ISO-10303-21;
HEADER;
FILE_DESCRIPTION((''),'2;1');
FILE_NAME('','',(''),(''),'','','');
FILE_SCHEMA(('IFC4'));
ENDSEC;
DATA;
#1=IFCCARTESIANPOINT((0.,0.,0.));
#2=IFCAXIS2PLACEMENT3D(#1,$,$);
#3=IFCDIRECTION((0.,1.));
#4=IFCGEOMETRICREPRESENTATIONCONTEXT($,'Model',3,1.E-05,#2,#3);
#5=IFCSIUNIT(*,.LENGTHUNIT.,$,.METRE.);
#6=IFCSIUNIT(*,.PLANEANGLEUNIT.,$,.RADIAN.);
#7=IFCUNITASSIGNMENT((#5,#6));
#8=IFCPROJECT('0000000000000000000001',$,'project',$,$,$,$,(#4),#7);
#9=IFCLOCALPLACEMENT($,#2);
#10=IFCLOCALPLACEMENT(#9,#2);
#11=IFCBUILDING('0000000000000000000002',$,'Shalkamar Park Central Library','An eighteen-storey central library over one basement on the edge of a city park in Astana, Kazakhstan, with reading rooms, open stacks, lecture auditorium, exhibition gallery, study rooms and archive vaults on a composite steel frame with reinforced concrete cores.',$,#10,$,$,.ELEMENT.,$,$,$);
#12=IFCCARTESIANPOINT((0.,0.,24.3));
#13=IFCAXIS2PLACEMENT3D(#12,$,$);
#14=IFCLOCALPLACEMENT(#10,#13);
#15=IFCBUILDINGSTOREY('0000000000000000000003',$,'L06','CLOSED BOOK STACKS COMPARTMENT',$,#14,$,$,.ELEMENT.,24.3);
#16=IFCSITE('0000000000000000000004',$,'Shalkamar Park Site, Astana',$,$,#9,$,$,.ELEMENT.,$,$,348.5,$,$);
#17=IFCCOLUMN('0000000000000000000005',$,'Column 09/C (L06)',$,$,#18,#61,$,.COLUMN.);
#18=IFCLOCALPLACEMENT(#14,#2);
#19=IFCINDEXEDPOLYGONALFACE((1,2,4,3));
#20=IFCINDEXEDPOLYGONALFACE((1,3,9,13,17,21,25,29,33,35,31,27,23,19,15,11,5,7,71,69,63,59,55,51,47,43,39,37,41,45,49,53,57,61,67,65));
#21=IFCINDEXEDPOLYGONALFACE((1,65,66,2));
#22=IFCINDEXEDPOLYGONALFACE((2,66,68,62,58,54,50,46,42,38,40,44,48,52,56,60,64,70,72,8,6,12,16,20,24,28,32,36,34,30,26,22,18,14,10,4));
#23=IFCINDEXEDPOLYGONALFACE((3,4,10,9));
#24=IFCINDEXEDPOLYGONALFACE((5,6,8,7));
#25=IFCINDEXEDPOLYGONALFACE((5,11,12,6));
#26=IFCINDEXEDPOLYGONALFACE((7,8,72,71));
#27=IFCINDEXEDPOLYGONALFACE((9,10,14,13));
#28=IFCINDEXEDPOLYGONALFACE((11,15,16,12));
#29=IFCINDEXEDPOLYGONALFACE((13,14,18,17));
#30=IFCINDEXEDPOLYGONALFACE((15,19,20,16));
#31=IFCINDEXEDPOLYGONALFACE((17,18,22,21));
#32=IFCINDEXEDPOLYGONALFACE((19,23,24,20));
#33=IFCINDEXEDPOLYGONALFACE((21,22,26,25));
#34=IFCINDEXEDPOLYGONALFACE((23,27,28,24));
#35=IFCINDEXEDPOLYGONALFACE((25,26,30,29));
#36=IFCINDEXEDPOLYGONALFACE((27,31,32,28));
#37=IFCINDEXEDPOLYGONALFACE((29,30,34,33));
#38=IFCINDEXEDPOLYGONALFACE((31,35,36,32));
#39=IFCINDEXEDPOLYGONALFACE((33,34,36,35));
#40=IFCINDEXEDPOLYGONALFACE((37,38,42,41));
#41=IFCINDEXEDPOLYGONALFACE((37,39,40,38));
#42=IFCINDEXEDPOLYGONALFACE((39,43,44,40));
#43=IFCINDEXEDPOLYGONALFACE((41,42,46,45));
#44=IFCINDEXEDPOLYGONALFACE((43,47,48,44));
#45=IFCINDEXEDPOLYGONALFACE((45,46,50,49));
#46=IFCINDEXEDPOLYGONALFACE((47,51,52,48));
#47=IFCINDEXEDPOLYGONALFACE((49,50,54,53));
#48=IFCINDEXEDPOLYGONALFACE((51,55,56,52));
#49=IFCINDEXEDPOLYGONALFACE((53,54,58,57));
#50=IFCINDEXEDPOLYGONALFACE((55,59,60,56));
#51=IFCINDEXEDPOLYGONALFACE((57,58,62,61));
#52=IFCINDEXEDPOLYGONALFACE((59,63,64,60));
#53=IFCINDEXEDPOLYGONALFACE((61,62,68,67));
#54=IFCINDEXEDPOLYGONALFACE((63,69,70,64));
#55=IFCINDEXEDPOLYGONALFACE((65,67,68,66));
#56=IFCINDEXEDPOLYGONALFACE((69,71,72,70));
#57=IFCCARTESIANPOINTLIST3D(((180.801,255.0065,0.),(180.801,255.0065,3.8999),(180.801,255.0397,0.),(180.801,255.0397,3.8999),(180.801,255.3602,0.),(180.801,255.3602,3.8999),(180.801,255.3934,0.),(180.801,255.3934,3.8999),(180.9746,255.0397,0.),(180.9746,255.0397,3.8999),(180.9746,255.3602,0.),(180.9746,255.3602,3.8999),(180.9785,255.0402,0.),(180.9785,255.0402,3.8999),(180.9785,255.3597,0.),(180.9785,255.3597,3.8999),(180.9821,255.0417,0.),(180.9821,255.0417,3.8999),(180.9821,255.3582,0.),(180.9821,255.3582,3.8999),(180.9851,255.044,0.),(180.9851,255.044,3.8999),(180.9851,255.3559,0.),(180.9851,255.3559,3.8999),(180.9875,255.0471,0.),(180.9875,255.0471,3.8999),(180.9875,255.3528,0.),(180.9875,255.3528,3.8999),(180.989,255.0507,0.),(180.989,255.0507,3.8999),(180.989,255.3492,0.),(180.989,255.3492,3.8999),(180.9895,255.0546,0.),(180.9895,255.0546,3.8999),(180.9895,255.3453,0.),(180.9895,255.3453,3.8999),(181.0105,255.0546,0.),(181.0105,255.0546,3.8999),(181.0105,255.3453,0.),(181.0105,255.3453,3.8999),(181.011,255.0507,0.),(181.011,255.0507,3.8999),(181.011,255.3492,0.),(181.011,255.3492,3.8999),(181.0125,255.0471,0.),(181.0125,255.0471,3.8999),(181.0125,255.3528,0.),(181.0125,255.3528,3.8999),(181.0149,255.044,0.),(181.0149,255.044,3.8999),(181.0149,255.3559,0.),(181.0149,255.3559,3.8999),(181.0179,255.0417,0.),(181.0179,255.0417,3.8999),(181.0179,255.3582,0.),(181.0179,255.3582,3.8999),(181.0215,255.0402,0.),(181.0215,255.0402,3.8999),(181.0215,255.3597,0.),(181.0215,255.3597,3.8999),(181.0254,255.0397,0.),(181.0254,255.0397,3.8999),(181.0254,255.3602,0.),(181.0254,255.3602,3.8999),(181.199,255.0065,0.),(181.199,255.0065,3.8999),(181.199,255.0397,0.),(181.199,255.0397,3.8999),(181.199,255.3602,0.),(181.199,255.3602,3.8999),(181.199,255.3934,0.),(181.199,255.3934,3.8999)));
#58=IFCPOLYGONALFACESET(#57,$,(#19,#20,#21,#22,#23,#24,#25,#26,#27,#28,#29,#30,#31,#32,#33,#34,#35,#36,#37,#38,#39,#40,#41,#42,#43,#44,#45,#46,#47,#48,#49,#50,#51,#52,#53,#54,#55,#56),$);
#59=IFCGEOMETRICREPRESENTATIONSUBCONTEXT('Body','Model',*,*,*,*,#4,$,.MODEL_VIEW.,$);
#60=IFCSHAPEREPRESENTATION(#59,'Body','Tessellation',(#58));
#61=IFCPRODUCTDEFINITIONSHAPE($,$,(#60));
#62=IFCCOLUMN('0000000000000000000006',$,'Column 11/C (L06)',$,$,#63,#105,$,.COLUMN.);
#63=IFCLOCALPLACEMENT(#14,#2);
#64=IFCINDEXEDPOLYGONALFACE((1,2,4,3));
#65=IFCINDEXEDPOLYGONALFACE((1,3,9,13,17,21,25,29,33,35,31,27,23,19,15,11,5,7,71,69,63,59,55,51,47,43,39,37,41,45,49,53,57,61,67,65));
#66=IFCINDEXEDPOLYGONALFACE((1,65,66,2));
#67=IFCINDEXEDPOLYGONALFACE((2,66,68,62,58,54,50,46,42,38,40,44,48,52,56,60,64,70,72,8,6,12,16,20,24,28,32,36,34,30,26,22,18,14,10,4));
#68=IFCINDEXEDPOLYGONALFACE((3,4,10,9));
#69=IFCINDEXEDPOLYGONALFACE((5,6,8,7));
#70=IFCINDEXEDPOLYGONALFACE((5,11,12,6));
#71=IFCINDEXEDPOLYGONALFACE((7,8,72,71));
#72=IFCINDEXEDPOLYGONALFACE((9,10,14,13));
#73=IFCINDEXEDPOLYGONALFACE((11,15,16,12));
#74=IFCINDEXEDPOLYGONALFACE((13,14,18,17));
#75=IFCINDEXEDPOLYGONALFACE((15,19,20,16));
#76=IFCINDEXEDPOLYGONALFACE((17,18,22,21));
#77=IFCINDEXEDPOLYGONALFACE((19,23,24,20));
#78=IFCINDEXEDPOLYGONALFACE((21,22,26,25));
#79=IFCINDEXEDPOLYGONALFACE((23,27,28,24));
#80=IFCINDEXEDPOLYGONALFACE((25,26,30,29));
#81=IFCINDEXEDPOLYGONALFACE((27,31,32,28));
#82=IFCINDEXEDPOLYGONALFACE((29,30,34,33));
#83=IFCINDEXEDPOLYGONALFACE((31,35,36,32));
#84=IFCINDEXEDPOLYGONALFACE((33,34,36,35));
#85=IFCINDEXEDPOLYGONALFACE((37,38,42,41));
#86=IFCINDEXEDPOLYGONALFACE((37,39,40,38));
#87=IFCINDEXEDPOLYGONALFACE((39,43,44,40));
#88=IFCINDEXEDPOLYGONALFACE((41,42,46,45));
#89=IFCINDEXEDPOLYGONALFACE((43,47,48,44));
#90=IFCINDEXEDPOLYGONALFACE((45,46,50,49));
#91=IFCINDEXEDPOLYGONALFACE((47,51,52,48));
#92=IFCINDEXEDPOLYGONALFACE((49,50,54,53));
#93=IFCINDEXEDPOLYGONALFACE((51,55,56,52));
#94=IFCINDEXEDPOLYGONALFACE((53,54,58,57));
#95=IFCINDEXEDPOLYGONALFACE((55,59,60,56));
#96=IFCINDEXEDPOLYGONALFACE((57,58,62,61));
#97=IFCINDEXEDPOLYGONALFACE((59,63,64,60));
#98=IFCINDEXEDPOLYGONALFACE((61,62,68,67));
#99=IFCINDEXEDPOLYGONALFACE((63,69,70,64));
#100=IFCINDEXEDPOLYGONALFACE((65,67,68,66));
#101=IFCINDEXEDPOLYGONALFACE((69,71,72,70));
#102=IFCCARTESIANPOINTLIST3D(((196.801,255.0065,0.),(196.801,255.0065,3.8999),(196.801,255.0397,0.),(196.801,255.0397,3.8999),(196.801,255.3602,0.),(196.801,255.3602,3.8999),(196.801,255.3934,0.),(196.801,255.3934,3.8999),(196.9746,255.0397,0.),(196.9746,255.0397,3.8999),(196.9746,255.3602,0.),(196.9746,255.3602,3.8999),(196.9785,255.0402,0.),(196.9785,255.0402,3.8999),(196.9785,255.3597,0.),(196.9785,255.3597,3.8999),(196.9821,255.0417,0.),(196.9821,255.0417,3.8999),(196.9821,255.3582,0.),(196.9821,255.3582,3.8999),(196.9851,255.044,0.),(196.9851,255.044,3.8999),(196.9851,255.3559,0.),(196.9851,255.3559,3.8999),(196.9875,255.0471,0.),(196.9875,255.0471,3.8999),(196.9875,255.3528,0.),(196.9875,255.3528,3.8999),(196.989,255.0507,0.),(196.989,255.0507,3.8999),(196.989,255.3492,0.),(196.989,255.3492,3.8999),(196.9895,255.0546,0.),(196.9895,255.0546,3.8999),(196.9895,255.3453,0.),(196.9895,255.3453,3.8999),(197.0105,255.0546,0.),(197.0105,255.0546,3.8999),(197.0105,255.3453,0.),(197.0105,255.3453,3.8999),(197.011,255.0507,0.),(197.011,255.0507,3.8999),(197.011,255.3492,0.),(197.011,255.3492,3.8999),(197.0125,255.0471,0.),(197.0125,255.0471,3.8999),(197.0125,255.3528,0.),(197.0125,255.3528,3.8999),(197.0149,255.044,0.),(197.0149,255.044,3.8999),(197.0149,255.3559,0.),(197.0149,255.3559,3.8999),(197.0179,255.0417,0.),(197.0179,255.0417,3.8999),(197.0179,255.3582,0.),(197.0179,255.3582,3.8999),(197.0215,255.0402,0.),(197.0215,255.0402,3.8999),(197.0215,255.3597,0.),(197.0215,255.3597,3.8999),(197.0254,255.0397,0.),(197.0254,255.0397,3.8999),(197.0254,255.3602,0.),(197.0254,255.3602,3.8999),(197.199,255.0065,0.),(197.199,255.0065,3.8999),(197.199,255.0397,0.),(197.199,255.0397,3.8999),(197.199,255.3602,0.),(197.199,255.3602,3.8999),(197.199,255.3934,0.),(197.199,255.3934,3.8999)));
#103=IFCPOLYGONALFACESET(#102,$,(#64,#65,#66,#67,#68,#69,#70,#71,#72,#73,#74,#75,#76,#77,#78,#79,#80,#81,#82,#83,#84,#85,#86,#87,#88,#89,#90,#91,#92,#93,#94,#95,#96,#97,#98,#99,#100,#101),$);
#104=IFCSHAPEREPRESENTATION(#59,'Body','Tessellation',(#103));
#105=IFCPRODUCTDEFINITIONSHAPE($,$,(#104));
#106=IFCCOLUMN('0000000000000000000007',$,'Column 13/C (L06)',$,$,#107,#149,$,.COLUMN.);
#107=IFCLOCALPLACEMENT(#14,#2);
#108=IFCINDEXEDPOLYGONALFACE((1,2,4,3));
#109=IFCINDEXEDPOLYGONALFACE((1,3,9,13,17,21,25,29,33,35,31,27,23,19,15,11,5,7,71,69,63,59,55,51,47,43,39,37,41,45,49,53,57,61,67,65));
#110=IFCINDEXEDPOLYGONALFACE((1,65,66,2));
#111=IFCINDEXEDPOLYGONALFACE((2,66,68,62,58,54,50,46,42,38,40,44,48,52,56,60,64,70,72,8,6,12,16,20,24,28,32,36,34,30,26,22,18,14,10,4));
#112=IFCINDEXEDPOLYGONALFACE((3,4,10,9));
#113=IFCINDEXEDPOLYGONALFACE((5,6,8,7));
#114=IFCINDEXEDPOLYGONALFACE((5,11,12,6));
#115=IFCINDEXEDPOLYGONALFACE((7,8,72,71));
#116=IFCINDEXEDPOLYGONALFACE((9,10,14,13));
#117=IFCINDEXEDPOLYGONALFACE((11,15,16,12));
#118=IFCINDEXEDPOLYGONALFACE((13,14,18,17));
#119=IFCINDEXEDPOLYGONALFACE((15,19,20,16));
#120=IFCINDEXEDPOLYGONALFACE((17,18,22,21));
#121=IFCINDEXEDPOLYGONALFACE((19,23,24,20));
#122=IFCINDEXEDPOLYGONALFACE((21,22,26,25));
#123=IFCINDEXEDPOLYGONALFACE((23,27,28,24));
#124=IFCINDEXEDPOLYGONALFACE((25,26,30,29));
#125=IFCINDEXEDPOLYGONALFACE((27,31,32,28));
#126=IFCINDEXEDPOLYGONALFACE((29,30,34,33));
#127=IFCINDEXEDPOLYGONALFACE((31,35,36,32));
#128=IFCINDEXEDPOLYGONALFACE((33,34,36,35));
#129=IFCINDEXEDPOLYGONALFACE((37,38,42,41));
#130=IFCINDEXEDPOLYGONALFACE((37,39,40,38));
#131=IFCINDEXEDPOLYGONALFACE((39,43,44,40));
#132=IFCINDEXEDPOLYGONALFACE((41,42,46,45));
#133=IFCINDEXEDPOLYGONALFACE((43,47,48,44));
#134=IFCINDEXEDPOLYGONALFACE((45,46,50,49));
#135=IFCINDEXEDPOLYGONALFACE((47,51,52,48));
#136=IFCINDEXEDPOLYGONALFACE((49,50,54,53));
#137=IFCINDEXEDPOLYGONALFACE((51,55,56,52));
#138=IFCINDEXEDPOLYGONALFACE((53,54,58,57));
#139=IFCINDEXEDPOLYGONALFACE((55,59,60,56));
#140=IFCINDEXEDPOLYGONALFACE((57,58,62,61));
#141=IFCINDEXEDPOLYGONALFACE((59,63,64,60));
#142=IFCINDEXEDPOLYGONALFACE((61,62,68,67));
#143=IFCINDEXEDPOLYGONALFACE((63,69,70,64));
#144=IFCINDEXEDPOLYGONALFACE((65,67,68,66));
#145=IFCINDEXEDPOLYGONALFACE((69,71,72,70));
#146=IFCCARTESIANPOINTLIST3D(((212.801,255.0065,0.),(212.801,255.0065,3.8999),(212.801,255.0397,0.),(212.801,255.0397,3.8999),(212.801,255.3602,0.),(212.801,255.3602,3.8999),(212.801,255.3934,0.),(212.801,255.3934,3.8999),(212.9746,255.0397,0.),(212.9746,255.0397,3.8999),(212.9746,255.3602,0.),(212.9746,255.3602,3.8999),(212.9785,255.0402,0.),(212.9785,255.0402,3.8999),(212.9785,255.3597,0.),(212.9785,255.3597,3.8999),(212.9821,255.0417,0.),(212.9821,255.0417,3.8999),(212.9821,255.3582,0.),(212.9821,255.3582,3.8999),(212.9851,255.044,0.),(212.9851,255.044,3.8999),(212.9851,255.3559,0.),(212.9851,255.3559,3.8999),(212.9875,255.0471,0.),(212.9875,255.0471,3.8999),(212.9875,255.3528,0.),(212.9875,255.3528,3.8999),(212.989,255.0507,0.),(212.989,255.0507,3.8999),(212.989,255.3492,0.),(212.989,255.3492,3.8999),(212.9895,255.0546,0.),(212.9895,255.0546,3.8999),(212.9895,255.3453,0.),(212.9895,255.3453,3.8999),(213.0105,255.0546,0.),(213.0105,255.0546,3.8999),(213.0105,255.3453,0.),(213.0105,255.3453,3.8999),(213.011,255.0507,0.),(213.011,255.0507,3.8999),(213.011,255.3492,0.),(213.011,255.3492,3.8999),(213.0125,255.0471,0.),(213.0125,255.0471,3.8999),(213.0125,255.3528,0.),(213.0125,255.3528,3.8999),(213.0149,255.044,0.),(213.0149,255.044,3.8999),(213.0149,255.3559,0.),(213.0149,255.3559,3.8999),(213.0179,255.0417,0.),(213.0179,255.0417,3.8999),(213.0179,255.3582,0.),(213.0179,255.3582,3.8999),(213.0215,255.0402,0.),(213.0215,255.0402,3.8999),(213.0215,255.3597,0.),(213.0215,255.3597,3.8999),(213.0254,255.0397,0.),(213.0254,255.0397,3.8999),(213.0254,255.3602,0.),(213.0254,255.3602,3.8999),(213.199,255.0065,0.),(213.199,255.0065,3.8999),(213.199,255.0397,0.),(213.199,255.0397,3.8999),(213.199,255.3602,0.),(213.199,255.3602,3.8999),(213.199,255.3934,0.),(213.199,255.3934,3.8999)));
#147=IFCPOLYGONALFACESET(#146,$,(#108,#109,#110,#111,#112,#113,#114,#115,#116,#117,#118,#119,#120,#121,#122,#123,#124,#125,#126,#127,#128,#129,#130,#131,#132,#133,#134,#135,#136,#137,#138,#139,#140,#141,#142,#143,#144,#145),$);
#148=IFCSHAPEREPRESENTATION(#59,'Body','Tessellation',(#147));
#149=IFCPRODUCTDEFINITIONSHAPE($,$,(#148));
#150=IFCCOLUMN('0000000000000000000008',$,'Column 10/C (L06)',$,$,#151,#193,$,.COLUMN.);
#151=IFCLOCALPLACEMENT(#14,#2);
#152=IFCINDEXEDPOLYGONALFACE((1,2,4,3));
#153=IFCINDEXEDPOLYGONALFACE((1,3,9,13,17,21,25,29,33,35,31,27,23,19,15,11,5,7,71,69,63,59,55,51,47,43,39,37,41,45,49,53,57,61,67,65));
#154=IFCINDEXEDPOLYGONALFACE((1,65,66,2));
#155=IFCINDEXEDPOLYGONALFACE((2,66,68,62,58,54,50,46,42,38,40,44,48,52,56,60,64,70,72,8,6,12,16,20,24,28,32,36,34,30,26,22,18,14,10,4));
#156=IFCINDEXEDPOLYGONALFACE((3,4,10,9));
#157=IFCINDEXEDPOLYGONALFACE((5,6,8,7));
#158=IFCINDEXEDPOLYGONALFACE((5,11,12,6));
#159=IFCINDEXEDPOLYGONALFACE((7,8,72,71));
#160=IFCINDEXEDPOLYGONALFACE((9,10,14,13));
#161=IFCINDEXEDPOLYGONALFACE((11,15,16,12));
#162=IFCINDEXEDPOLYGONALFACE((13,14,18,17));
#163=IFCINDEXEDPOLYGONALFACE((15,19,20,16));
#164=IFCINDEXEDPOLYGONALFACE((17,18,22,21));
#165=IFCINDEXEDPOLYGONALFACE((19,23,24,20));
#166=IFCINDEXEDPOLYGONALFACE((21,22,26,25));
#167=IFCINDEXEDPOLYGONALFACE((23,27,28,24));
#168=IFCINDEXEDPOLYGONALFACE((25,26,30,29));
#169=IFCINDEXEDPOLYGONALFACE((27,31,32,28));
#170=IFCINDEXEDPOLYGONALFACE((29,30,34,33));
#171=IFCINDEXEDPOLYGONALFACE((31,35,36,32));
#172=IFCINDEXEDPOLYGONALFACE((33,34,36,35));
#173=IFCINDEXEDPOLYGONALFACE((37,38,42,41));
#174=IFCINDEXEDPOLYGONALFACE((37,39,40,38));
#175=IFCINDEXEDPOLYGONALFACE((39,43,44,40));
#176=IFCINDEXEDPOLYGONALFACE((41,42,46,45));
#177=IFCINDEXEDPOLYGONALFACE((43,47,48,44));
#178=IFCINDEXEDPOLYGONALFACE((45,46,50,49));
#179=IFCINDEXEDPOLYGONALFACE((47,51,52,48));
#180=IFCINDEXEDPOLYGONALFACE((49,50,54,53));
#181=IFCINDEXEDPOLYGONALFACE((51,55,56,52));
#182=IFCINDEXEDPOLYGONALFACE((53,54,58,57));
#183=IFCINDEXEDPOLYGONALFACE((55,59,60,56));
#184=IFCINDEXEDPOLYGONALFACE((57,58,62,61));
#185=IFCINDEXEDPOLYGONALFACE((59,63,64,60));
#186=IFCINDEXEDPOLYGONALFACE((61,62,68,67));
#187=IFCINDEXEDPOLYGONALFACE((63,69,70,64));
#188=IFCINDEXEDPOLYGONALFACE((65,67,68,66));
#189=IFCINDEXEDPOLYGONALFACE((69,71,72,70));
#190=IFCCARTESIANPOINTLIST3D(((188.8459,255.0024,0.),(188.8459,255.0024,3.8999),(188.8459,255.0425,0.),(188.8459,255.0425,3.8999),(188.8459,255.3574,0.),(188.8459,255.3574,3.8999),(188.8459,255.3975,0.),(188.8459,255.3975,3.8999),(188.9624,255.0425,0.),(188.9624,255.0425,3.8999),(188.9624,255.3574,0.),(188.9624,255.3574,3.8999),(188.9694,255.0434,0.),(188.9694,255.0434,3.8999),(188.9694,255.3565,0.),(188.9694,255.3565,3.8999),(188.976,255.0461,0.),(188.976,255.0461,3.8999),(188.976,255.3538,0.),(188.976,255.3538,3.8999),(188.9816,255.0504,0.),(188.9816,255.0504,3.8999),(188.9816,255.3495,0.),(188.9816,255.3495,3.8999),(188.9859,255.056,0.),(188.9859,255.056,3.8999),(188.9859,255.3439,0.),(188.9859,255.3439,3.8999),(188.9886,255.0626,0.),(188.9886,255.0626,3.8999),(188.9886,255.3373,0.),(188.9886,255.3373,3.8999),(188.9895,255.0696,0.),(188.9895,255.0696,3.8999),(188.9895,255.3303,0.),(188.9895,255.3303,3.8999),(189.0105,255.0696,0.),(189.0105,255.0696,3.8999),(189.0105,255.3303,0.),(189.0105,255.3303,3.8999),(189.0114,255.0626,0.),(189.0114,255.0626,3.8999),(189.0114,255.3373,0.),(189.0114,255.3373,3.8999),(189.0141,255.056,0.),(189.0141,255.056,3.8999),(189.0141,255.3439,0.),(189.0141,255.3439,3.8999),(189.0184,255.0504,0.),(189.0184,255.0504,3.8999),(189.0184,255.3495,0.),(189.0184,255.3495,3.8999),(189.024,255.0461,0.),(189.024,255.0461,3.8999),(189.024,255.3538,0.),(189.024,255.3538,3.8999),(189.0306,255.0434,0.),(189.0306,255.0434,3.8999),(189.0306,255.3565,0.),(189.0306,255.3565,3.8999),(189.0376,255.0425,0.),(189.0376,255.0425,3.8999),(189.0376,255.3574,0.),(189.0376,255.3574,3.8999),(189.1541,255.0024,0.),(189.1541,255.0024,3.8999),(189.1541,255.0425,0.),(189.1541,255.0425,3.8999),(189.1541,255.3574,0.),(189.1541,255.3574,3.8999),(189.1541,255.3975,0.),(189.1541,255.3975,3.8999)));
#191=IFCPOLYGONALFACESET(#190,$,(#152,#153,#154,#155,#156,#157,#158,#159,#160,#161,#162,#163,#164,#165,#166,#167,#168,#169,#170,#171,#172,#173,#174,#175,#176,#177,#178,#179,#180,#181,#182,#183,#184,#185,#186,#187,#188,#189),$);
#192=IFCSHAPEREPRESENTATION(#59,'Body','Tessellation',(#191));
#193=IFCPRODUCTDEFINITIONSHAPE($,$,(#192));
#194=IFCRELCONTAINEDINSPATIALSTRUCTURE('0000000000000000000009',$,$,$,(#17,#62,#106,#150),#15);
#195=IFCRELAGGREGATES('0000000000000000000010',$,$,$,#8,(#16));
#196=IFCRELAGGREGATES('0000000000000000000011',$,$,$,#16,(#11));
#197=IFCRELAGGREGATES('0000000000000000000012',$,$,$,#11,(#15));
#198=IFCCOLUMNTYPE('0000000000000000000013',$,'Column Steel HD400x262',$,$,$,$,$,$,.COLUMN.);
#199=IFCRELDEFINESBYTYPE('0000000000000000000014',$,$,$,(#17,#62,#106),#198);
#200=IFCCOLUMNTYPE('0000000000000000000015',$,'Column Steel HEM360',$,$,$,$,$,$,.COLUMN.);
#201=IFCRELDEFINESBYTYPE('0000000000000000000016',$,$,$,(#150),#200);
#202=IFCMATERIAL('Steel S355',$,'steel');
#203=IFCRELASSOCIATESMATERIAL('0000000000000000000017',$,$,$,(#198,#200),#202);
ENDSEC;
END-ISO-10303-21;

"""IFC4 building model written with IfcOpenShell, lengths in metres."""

from ifc_helpers import new_model, si_unit, direction, frame, origin, origin_2d, place, context, subcontext, project, spatial, i_section, extrude, material, material_profile, profile_set, type_object, element, save


model = new_model("IFC4")

# Units and contexts
model_context = context("Model", 3, precision=1e-05, world=origin(), true_north=direction((0.0, 1.0)))
body_context = subcontext(model_context, "Body", "Model", "MODEL_VIEW")
ifc_project = project(units=[si_unit("LENGTHUNIT", "METRE"), si_unit("PLANEANGLEUNIT", "RADIAN")], contexts=[model_context])

# Site, building, storey
site_placement = place(None, origin())
site = spatial("IfcSite", under=ifc_project, at=site_placement, Name="Shalkamar Park Site, Astana", CompositionType="ELEMENT", RefElevation=348.5)
building_placement = place(site_placement, origin())
building = spatial("IfcBuilding", under=site, at=building_placement, Name="Shalkamar Park Central Library", Description="An eighteen-storey central library over one basement on the edge of a city park in Astana, Kazakhstan, with reading rooms, open stacks, lecture auditorium, exhibition gallery, study rooms and archive vaults on a composite steel frame with reinforced concrete cores.", CompositionType="ELEMENT")
storey_placement = place(building_placement, frame((0.0, 0.0, 24.3)))
storey = spatial("IfcBuildingStorey", under=building, at=storey_placement, Name="L06", Description="CLOSED BOOK STACKS COMPARTMENT", CompositionType="ELEMENT", Elevation=24.3)

# Columns
ifc_material_1 = material(Name="Steel S355", Category="steel")
ifc_material_profile_1 = material_profile(ifc_material_1, i_section(OverallWidth=0.3979, OverallDepth=0.387, WebThickness=0.021, FlangeThickness=0.0332, FilletRadius=0.0149, at=origin_2d()), Name="HD 400x262")
ifc_profile_set_1 = profile_set([ifc_material_profile_1], Name="Steel S355")
column_type_1 = type_object("IfcColumnType", Name="Column Steel HD400x262", PredefinedType="COLUMN", material=ifc_profile_set_1)
for number, where, z_axis, x_axis, name in (
    (1, (181.0, 255.2, 0.0), (0.0, 0.0, 1.0), (1.0, 0.0, 0.0), "Column 09/C (L06)"),
    (2, (197.0, 255.2, 0.0), (0.0, 0.0, 1.0), (1.0, 0.0, 0.0), "Column 11/C (L06)"),
    (3, (213.0, 255.2, 0.0), (0.0, 0.0, 1.0), (1.0, 0.0, 0.0), "Column 13/C (L06)"),
):
    element("IfcColumn", number, at=place(storey_placement, frame(where, z_axis=z_axis, x_axis=x_axis)), inside=storey, type_object=column_type_1, Name=name, PredefinedType="COLUMN", context=body_context, shape_type="SweptSolid", body=[
        extrude(i_section(OverallWidth=0.3979, OverallDepth=0.387, WebThickness=0.021, FlangeThickness=0.0332, FilletRadius=0.0149, at=origin_2d()), origin(), (0.0, 0.0, 1.0), 3.8999),
    ])
ifc_material_profile_2 = material_profile(ifc_material_1, i_section(OverallWidth=0.3081, OverallDepth=0.395, WebThickness=0.021, FlangeThickness=0.04, FilletRadius=0.0271, at=origin_2d()), Name="HEM 360")
ifc_profile_set_2 = profile_set([ifc_material_profile_2], Name="Steel S355")
column_type_2 = type_object("IfcColumnType", Name="Column Steel HEM360", PredefinedType="COLUMN", material=ifc_profile_set_2)
for number, where, z_axis, x_axis, name in (
    (4, (189.0, 255.2, 0.0), (0.0, 0.0, 1.0), (1.0, 0.0, 0.0), "Column 10/C (L06)"),
):
    element("IfcColumn", number, at=place(storey_placement, frame(where, z_axis=z_axis, x_axis=x_axis)), inside=storey, type_object=column_type_2, Name=name, PredefinedType="COLUMN", context=body_context, shape_type="SweptSolid", body=[
        extrude(i_section(OverallWidth=0.3081, OverallDepth=0.395, WebThickness=0.021, FlangeThickness=0.04, FilletRadius=0.0271, at=origin_2d()), origin(), (0.0, 0.0, 1.0), 3.8999),
    ])

save(model, "model.ifc")
